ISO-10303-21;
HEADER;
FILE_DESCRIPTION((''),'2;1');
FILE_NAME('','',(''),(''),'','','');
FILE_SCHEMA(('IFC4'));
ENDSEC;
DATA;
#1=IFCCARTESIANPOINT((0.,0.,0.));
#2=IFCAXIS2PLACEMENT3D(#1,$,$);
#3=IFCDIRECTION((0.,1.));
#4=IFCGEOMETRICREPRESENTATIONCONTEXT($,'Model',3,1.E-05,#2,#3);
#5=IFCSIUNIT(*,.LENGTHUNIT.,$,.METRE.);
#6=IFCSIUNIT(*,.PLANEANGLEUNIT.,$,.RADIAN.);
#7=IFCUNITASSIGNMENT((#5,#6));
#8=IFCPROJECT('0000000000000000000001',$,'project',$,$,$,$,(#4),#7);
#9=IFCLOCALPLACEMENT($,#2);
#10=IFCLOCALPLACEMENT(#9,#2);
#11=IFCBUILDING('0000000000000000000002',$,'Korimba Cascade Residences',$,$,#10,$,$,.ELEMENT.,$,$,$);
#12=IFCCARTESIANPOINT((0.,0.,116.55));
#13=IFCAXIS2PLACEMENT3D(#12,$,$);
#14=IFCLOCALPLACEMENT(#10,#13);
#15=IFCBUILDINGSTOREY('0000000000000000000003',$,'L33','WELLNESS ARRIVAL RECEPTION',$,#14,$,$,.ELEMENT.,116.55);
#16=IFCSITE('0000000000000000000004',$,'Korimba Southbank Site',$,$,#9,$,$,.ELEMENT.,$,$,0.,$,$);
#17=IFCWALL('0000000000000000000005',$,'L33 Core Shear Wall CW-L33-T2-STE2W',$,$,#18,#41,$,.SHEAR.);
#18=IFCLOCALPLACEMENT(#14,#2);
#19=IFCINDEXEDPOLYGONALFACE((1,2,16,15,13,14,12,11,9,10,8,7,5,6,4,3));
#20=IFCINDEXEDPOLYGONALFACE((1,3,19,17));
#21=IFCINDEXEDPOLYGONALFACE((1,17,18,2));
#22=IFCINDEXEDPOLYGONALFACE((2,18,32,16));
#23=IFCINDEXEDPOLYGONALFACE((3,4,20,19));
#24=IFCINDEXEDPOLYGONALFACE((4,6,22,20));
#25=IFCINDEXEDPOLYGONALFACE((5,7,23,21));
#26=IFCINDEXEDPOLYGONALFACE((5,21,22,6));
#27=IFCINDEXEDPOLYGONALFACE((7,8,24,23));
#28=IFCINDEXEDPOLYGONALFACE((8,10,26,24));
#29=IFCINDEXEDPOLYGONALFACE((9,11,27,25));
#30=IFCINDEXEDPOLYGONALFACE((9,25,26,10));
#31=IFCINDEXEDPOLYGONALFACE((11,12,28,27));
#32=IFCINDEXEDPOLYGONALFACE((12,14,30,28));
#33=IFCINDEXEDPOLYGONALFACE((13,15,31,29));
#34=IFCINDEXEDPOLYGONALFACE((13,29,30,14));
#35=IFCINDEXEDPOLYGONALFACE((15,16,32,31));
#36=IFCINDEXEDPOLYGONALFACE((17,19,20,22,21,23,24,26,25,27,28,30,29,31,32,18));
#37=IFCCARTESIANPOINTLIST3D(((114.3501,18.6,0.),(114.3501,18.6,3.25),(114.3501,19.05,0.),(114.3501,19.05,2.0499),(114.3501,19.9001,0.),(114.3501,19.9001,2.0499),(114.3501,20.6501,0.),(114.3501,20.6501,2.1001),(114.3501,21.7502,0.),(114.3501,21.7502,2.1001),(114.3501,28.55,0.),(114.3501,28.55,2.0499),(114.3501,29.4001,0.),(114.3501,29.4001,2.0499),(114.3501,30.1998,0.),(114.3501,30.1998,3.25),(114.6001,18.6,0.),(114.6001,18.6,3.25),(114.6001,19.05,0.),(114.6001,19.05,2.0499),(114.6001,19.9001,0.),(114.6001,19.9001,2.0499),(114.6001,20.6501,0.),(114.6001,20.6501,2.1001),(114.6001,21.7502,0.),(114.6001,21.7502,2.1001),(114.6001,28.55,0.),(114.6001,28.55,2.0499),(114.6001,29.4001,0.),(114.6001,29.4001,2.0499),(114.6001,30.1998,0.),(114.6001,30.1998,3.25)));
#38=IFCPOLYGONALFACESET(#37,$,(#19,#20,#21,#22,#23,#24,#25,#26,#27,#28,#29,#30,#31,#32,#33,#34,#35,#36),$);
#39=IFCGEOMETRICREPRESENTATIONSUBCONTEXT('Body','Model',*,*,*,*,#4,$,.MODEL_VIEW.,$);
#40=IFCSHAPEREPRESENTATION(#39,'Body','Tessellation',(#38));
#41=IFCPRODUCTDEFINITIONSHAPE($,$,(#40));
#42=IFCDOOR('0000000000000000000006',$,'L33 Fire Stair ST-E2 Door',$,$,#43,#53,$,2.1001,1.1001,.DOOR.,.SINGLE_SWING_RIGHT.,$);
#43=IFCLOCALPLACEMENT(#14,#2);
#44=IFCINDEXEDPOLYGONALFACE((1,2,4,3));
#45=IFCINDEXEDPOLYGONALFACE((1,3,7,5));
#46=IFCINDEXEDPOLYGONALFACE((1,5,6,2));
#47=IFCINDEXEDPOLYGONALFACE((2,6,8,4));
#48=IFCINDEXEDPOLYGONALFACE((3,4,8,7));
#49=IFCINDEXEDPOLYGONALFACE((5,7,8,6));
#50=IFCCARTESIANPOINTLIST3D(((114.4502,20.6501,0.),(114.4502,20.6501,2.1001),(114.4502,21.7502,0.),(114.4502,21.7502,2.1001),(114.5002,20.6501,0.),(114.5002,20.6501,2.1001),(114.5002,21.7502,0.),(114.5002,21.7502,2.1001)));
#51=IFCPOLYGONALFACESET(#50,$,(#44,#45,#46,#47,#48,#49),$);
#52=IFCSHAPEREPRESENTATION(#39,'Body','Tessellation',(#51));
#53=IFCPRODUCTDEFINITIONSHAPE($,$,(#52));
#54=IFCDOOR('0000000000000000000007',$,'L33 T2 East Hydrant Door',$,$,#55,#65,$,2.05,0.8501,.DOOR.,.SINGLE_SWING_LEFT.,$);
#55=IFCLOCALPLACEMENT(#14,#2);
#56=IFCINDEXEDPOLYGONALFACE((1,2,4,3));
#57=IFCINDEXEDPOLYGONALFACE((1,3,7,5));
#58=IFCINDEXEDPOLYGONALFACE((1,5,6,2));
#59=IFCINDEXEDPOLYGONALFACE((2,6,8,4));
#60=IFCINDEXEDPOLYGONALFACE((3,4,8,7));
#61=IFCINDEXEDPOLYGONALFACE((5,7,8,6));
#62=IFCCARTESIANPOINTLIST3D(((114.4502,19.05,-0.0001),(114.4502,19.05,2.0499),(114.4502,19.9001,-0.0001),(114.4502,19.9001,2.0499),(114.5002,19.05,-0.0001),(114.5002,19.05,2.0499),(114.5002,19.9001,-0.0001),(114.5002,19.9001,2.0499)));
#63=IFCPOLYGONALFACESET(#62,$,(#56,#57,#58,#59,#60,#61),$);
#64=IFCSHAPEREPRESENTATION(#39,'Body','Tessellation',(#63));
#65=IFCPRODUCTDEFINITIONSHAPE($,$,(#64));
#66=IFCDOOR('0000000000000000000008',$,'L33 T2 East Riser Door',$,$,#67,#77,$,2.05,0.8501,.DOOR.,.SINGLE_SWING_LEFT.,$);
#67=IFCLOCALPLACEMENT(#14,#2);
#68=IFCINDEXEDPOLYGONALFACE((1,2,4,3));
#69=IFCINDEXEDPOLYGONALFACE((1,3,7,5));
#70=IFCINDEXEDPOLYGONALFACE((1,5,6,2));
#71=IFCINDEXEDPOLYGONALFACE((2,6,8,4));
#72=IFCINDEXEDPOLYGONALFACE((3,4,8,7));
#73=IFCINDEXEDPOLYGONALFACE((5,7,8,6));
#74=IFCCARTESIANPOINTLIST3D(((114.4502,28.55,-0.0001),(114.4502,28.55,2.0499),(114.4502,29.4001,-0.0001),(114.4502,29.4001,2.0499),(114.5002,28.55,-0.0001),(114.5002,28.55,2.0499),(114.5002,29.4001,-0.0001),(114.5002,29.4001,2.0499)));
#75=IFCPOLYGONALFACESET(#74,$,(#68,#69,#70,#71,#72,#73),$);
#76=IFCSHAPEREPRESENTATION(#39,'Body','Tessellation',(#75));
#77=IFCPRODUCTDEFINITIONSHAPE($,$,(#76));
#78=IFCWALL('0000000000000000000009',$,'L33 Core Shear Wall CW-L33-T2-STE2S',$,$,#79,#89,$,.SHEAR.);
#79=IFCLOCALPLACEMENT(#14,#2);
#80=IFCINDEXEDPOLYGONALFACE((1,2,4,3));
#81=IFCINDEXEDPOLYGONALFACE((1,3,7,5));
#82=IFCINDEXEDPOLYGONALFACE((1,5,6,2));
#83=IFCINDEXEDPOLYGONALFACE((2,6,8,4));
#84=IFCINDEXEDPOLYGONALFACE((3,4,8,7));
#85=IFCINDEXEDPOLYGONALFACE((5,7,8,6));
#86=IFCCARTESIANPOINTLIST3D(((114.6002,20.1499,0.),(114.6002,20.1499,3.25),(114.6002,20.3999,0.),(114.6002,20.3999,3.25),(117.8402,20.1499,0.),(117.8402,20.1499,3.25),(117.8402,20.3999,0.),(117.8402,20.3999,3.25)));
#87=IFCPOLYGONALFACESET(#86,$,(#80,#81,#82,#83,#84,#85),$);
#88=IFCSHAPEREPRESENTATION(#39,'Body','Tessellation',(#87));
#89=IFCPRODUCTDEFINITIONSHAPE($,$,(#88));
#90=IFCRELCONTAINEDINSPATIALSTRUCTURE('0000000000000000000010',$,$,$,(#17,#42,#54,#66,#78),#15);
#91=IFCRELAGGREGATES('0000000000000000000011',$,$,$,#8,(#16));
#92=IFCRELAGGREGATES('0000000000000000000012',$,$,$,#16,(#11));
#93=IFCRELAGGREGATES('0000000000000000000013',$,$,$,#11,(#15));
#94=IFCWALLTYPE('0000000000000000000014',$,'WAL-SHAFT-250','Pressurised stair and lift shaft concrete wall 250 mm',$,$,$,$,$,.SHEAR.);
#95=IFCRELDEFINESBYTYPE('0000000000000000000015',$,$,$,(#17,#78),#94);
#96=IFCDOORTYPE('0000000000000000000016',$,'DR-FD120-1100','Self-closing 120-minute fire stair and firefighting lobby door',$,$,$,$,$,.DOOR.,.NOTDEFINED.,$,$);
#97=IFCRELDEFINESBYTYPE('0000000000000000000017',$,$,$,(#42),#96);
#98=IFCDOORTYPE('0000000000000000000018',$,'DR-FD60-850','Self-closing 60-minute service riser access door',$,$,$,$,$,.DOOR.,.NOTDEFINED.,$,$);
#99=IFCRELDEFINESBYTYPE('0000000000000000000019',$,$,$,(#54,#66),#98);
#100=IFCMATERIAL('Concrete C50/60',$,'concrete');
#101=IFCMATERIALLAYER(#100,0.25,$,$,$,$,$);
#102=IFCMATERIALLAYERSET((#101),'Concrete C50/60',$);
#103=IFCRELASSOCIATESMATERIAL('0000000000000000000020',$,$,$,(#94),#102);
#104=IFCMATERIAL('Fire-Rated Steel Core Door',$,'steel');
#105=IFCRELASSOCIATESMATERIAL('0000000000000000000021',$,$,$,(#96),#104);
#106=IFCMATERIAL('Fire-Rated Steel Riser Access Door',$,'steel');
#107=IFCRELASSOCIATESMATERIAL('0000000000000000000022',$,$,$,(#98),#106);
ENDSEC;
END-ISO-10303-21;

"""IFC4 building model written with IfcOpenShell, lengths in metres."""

from ifc_helpers import new_model, si_unit, direction, frame, frame_2d, origin, place, context, subcontext, project, spatial, rectangle, extrude, material, layer, layer_set, type_object, element, fill, save


model = new_model("IFC4")

# Units and contexts
model_context = context("Model", 3, precision=1e-05, world=origin(), true_north=direction((0.0, 1.0)))
body_context = subcontext(model_context, "Body", "Model", "MODEL_VIEW")
ifc_project = project(units=[si_unit("LENGTHUNIT", "METRE"), si_unit("PLANEANGLEUNIT", "RADIAN")], contexts=[model_context])

# Site, building, storey
site_placement = place(None, origin())
site = spatial("IfcSite", under=ifc_project, at=site_placement, Name="Korimba Southbank Site", CompositionType="ELEMENT", RefElevation=0.0)
building_placement = place(site_placement, origin())
building = spatial("IfcBuilding", under=site, at=building_placement, Name="Korimba Cascade Residences", CompositionType="ELEMENT")
storey_placement = place(building_placement, frame((0.0, 0.0, 116.55)))
storey = spatial("IfcBuildingStorey", under=building, at=storey_placement, Name="L33", Description="WELLNESS ARRIVAL RECEPTION", CompositionType="ELEMENT", Elevation=116.55)

# Wall, openings, doors
ifc_material_1 = material(Name="Concrete C50/60", Category="concrete")
ifc_layer_1 = layer(ifc_material_1, 0.25)
ifc_layer_set_1 = layer_set([ifc_layer_1], Name="Concrete C50/60")
wall_type_1 = type_object("IfcWallType", Name="WAL-SHAFT-250", Description="Pressurised stair and lift shaft concrete wall 250 mm", PredefinedType="SHEAR", material=ifc_layer_set_1)
wall_1_placement = place(storey_placement, frame((114.4751, 18.6001, 0.0), z_axis=(0.0, 0.0, 1.0), x_axis=(0.0, 1.0, 0.0)))
wall_1 = element("IfcWall", 1, at=wall_1_placement, inside=storey, type_object=wall_type_1, Name="L33 Core Shear Wall CW-L33-T2-STE2W", PredefinedType="SHEAR", context=body_context, shape_type="SweptSolid", body=[
    extrude(rectangle(XDim=11.5999, YDim=0.25, at=frame_2d((5.7998, 0.0))), origin(), (0.0, 0.0, 1.0), 3.25),
])
opening_1_placement = place(wall_1_placement, frame((0.45, 0.0, 0.0)))
opening_1 = element("IfcOpeningElement", 2, at=opening_1_placement, cuts=wall_1, PredefinedType="OPENING", context=body_context, shape_type="SweptSolid", body=[
    extrude(rectangle(XDim=0.8501, YDim=2.05, at=frame_2d((0.425, 1.0249))), frame((0.0, 0.135, 0.0), z_axis=(0.0, -1.0, 0.0), x_axis=(1.0, 0.0, 0.0)), (0.0, 0.0, 1.0), 0.27),
])
opening_2_placement = place(wall_1_placement, frame((2.05, 0.0, 0.0)))
opening_2 = element("IfcOpeningElement", 3, at=opening_2_placement, cuts=wall_1, PredefinedType="OPENING", context=body_context, shape_type="SweptSolid", body=[
    extrude(rectangle(XDim=1.1001, YDim=2.1001, at=frame_2d((0.55, 1.05))), frame((0.0, 0.135, 0.0), z_axis=(0.0, -1.0, 0.0), x_axis=(1.0, 0.0, 0.0)), (0.0, 0.0, 1.0), 0.27),
])
opening_3_placement = place(wall_1_placement, frame((9.95, 0.0, 0.0)))
opening_3 = element("IfcOpeningElement", 4, at=opening_3_placement, cuts=wall_1, PredefinedType="OPENING", context=body_context, shape_type="SweptSolid", body=[
    extrude(rectangle(XDim=0.8501, YDim=2.05, at=frame_2d((0.425, 1.0249))), frame((0.0, 0.135, 0.0), z_axis=(0.0, -1.0, 0.0), x_axis=(1.0, 0.0, 0.0)), (0.0, 0.0, 1.0), 0.27),
])
ifc_material_2 = material(Name="Fire-Rated Steel Core Door", Category="steel")
door_type_1 = type_object("IfcDoorType", Name="DR-FD120-1100", Description="Self-closing 120-minute fire stair and firefighting lobby door", OperationType="NOTDEFINED", PredefinedType="DOOR", material=ifc_material_2)
door_1_placement = place(opening_2_placement, origin())
door_1 = element("IfcDoor", 5, at=door_1_placement, inside=storey, type_object=door_type_1, Name="L33 Fire Stair ST-E2 Door", OperationType="SINGLE_SWING_RIGHT", OverallHeight=2.1001, OverallWidth=1.1001, PredefinedType="DOOR", context=body_context, shape_type="SweptSolid", body=[
    extrude(rectangle(XDim=1.1001, YDim=2.1001, at=frame_2d((0.55, 1.05))), frame((0.0, 0.0249, 0.0), z_axis=(0.0, -1.0, 0.0), x_axis=(1.0, 0.0, 0.0)), (0.0, 0.0, 1.0), 0.05),
])
fill(opening_2, door_1)
ifc_material_3 = material(Name="Fire-Rated Steel Riser Access Door", Category="steel")
door_type_2 = type_object("IfcDoorType", Name="DR-FD60-850", Description="Self-closing 60-minute service riser access door", OperationType="NOTDEFINED", PredefinedType="DOOR", material=ifc_material_3)
door_2_placement = place(opening_1_placement, origin())
door_2 = element("IfcDoor", 6, at=door_2_placement, inside=storey, type_object=door_type_2, Name="L33 T2 East Hydrant Door", OperationType="SINGLE_SWING_LEFT", OverallHeight=2.05, OverallWidth=0.8501, PredefinedType="DOOR", context=body_context, shape_type="SweptSolid", body=[
    extrude(rectangle(XDim=0.8501, YDim=2.05, at=frame_2d((0.425, 1.0249))), frame((0.0, 0.0249, 0.0), z_axis=(0.0, -1.0, 0.0), x_axis=(1.0, 0.0, 0.0)), (0.0, 0.0, 1.0), 0.05),
])
fill(opening_1, door_2)
door_3_placement = place(opening_3_placement, origin())
door_3 = element("IfcDoor", 7, at=door_3_placement, inside=storey, type_object=door_type_2, Name="L33 T2 East Riser Door", OperationType="SINGLE_SWING_LEFT", OverallHeight=2.05, OverallWidth=0.8501, PredefinedType="DOOR", context=body_context, shape_type="SweptSolid", body=[
    extrude(rectangle(XDim=0.8501, YDim=2.05, at=frame_2d((0.425, 1.0249))), frame((0.0, 0.0249, 0.0), z_axis=(0.0, -1.0, 0.0), x_axis=(1.0, 0.0, 0.0)), (0.0, 0.0, 1.0), 0.05),
])
fill(opening_3, door_3)

# Wall
wall_2_placement = place(storey_placement, frame((114.6001, 20.2749, 0.0), z_axis=(0.0, 0.0, 1.0), x_axis=(1.0, 0.0, 0.0)))
element("IfcWall", 8, at=wall_2_placement, inside=storey, type_object=wall_type_1, Name="L33 Core Shear Wall CW-L33-T2-STE2S", PredefinedType="SHEAR", context=body_context, shape_type="SweptSolid", body=[
    extrude(rectangle(XDim=3.24, YDim=0.25, at=frame_2d((1.6201, 0.0))), origin(), (0.0, 0.0, 1.0), 3.25),
])

save(model, "model.ifc")
